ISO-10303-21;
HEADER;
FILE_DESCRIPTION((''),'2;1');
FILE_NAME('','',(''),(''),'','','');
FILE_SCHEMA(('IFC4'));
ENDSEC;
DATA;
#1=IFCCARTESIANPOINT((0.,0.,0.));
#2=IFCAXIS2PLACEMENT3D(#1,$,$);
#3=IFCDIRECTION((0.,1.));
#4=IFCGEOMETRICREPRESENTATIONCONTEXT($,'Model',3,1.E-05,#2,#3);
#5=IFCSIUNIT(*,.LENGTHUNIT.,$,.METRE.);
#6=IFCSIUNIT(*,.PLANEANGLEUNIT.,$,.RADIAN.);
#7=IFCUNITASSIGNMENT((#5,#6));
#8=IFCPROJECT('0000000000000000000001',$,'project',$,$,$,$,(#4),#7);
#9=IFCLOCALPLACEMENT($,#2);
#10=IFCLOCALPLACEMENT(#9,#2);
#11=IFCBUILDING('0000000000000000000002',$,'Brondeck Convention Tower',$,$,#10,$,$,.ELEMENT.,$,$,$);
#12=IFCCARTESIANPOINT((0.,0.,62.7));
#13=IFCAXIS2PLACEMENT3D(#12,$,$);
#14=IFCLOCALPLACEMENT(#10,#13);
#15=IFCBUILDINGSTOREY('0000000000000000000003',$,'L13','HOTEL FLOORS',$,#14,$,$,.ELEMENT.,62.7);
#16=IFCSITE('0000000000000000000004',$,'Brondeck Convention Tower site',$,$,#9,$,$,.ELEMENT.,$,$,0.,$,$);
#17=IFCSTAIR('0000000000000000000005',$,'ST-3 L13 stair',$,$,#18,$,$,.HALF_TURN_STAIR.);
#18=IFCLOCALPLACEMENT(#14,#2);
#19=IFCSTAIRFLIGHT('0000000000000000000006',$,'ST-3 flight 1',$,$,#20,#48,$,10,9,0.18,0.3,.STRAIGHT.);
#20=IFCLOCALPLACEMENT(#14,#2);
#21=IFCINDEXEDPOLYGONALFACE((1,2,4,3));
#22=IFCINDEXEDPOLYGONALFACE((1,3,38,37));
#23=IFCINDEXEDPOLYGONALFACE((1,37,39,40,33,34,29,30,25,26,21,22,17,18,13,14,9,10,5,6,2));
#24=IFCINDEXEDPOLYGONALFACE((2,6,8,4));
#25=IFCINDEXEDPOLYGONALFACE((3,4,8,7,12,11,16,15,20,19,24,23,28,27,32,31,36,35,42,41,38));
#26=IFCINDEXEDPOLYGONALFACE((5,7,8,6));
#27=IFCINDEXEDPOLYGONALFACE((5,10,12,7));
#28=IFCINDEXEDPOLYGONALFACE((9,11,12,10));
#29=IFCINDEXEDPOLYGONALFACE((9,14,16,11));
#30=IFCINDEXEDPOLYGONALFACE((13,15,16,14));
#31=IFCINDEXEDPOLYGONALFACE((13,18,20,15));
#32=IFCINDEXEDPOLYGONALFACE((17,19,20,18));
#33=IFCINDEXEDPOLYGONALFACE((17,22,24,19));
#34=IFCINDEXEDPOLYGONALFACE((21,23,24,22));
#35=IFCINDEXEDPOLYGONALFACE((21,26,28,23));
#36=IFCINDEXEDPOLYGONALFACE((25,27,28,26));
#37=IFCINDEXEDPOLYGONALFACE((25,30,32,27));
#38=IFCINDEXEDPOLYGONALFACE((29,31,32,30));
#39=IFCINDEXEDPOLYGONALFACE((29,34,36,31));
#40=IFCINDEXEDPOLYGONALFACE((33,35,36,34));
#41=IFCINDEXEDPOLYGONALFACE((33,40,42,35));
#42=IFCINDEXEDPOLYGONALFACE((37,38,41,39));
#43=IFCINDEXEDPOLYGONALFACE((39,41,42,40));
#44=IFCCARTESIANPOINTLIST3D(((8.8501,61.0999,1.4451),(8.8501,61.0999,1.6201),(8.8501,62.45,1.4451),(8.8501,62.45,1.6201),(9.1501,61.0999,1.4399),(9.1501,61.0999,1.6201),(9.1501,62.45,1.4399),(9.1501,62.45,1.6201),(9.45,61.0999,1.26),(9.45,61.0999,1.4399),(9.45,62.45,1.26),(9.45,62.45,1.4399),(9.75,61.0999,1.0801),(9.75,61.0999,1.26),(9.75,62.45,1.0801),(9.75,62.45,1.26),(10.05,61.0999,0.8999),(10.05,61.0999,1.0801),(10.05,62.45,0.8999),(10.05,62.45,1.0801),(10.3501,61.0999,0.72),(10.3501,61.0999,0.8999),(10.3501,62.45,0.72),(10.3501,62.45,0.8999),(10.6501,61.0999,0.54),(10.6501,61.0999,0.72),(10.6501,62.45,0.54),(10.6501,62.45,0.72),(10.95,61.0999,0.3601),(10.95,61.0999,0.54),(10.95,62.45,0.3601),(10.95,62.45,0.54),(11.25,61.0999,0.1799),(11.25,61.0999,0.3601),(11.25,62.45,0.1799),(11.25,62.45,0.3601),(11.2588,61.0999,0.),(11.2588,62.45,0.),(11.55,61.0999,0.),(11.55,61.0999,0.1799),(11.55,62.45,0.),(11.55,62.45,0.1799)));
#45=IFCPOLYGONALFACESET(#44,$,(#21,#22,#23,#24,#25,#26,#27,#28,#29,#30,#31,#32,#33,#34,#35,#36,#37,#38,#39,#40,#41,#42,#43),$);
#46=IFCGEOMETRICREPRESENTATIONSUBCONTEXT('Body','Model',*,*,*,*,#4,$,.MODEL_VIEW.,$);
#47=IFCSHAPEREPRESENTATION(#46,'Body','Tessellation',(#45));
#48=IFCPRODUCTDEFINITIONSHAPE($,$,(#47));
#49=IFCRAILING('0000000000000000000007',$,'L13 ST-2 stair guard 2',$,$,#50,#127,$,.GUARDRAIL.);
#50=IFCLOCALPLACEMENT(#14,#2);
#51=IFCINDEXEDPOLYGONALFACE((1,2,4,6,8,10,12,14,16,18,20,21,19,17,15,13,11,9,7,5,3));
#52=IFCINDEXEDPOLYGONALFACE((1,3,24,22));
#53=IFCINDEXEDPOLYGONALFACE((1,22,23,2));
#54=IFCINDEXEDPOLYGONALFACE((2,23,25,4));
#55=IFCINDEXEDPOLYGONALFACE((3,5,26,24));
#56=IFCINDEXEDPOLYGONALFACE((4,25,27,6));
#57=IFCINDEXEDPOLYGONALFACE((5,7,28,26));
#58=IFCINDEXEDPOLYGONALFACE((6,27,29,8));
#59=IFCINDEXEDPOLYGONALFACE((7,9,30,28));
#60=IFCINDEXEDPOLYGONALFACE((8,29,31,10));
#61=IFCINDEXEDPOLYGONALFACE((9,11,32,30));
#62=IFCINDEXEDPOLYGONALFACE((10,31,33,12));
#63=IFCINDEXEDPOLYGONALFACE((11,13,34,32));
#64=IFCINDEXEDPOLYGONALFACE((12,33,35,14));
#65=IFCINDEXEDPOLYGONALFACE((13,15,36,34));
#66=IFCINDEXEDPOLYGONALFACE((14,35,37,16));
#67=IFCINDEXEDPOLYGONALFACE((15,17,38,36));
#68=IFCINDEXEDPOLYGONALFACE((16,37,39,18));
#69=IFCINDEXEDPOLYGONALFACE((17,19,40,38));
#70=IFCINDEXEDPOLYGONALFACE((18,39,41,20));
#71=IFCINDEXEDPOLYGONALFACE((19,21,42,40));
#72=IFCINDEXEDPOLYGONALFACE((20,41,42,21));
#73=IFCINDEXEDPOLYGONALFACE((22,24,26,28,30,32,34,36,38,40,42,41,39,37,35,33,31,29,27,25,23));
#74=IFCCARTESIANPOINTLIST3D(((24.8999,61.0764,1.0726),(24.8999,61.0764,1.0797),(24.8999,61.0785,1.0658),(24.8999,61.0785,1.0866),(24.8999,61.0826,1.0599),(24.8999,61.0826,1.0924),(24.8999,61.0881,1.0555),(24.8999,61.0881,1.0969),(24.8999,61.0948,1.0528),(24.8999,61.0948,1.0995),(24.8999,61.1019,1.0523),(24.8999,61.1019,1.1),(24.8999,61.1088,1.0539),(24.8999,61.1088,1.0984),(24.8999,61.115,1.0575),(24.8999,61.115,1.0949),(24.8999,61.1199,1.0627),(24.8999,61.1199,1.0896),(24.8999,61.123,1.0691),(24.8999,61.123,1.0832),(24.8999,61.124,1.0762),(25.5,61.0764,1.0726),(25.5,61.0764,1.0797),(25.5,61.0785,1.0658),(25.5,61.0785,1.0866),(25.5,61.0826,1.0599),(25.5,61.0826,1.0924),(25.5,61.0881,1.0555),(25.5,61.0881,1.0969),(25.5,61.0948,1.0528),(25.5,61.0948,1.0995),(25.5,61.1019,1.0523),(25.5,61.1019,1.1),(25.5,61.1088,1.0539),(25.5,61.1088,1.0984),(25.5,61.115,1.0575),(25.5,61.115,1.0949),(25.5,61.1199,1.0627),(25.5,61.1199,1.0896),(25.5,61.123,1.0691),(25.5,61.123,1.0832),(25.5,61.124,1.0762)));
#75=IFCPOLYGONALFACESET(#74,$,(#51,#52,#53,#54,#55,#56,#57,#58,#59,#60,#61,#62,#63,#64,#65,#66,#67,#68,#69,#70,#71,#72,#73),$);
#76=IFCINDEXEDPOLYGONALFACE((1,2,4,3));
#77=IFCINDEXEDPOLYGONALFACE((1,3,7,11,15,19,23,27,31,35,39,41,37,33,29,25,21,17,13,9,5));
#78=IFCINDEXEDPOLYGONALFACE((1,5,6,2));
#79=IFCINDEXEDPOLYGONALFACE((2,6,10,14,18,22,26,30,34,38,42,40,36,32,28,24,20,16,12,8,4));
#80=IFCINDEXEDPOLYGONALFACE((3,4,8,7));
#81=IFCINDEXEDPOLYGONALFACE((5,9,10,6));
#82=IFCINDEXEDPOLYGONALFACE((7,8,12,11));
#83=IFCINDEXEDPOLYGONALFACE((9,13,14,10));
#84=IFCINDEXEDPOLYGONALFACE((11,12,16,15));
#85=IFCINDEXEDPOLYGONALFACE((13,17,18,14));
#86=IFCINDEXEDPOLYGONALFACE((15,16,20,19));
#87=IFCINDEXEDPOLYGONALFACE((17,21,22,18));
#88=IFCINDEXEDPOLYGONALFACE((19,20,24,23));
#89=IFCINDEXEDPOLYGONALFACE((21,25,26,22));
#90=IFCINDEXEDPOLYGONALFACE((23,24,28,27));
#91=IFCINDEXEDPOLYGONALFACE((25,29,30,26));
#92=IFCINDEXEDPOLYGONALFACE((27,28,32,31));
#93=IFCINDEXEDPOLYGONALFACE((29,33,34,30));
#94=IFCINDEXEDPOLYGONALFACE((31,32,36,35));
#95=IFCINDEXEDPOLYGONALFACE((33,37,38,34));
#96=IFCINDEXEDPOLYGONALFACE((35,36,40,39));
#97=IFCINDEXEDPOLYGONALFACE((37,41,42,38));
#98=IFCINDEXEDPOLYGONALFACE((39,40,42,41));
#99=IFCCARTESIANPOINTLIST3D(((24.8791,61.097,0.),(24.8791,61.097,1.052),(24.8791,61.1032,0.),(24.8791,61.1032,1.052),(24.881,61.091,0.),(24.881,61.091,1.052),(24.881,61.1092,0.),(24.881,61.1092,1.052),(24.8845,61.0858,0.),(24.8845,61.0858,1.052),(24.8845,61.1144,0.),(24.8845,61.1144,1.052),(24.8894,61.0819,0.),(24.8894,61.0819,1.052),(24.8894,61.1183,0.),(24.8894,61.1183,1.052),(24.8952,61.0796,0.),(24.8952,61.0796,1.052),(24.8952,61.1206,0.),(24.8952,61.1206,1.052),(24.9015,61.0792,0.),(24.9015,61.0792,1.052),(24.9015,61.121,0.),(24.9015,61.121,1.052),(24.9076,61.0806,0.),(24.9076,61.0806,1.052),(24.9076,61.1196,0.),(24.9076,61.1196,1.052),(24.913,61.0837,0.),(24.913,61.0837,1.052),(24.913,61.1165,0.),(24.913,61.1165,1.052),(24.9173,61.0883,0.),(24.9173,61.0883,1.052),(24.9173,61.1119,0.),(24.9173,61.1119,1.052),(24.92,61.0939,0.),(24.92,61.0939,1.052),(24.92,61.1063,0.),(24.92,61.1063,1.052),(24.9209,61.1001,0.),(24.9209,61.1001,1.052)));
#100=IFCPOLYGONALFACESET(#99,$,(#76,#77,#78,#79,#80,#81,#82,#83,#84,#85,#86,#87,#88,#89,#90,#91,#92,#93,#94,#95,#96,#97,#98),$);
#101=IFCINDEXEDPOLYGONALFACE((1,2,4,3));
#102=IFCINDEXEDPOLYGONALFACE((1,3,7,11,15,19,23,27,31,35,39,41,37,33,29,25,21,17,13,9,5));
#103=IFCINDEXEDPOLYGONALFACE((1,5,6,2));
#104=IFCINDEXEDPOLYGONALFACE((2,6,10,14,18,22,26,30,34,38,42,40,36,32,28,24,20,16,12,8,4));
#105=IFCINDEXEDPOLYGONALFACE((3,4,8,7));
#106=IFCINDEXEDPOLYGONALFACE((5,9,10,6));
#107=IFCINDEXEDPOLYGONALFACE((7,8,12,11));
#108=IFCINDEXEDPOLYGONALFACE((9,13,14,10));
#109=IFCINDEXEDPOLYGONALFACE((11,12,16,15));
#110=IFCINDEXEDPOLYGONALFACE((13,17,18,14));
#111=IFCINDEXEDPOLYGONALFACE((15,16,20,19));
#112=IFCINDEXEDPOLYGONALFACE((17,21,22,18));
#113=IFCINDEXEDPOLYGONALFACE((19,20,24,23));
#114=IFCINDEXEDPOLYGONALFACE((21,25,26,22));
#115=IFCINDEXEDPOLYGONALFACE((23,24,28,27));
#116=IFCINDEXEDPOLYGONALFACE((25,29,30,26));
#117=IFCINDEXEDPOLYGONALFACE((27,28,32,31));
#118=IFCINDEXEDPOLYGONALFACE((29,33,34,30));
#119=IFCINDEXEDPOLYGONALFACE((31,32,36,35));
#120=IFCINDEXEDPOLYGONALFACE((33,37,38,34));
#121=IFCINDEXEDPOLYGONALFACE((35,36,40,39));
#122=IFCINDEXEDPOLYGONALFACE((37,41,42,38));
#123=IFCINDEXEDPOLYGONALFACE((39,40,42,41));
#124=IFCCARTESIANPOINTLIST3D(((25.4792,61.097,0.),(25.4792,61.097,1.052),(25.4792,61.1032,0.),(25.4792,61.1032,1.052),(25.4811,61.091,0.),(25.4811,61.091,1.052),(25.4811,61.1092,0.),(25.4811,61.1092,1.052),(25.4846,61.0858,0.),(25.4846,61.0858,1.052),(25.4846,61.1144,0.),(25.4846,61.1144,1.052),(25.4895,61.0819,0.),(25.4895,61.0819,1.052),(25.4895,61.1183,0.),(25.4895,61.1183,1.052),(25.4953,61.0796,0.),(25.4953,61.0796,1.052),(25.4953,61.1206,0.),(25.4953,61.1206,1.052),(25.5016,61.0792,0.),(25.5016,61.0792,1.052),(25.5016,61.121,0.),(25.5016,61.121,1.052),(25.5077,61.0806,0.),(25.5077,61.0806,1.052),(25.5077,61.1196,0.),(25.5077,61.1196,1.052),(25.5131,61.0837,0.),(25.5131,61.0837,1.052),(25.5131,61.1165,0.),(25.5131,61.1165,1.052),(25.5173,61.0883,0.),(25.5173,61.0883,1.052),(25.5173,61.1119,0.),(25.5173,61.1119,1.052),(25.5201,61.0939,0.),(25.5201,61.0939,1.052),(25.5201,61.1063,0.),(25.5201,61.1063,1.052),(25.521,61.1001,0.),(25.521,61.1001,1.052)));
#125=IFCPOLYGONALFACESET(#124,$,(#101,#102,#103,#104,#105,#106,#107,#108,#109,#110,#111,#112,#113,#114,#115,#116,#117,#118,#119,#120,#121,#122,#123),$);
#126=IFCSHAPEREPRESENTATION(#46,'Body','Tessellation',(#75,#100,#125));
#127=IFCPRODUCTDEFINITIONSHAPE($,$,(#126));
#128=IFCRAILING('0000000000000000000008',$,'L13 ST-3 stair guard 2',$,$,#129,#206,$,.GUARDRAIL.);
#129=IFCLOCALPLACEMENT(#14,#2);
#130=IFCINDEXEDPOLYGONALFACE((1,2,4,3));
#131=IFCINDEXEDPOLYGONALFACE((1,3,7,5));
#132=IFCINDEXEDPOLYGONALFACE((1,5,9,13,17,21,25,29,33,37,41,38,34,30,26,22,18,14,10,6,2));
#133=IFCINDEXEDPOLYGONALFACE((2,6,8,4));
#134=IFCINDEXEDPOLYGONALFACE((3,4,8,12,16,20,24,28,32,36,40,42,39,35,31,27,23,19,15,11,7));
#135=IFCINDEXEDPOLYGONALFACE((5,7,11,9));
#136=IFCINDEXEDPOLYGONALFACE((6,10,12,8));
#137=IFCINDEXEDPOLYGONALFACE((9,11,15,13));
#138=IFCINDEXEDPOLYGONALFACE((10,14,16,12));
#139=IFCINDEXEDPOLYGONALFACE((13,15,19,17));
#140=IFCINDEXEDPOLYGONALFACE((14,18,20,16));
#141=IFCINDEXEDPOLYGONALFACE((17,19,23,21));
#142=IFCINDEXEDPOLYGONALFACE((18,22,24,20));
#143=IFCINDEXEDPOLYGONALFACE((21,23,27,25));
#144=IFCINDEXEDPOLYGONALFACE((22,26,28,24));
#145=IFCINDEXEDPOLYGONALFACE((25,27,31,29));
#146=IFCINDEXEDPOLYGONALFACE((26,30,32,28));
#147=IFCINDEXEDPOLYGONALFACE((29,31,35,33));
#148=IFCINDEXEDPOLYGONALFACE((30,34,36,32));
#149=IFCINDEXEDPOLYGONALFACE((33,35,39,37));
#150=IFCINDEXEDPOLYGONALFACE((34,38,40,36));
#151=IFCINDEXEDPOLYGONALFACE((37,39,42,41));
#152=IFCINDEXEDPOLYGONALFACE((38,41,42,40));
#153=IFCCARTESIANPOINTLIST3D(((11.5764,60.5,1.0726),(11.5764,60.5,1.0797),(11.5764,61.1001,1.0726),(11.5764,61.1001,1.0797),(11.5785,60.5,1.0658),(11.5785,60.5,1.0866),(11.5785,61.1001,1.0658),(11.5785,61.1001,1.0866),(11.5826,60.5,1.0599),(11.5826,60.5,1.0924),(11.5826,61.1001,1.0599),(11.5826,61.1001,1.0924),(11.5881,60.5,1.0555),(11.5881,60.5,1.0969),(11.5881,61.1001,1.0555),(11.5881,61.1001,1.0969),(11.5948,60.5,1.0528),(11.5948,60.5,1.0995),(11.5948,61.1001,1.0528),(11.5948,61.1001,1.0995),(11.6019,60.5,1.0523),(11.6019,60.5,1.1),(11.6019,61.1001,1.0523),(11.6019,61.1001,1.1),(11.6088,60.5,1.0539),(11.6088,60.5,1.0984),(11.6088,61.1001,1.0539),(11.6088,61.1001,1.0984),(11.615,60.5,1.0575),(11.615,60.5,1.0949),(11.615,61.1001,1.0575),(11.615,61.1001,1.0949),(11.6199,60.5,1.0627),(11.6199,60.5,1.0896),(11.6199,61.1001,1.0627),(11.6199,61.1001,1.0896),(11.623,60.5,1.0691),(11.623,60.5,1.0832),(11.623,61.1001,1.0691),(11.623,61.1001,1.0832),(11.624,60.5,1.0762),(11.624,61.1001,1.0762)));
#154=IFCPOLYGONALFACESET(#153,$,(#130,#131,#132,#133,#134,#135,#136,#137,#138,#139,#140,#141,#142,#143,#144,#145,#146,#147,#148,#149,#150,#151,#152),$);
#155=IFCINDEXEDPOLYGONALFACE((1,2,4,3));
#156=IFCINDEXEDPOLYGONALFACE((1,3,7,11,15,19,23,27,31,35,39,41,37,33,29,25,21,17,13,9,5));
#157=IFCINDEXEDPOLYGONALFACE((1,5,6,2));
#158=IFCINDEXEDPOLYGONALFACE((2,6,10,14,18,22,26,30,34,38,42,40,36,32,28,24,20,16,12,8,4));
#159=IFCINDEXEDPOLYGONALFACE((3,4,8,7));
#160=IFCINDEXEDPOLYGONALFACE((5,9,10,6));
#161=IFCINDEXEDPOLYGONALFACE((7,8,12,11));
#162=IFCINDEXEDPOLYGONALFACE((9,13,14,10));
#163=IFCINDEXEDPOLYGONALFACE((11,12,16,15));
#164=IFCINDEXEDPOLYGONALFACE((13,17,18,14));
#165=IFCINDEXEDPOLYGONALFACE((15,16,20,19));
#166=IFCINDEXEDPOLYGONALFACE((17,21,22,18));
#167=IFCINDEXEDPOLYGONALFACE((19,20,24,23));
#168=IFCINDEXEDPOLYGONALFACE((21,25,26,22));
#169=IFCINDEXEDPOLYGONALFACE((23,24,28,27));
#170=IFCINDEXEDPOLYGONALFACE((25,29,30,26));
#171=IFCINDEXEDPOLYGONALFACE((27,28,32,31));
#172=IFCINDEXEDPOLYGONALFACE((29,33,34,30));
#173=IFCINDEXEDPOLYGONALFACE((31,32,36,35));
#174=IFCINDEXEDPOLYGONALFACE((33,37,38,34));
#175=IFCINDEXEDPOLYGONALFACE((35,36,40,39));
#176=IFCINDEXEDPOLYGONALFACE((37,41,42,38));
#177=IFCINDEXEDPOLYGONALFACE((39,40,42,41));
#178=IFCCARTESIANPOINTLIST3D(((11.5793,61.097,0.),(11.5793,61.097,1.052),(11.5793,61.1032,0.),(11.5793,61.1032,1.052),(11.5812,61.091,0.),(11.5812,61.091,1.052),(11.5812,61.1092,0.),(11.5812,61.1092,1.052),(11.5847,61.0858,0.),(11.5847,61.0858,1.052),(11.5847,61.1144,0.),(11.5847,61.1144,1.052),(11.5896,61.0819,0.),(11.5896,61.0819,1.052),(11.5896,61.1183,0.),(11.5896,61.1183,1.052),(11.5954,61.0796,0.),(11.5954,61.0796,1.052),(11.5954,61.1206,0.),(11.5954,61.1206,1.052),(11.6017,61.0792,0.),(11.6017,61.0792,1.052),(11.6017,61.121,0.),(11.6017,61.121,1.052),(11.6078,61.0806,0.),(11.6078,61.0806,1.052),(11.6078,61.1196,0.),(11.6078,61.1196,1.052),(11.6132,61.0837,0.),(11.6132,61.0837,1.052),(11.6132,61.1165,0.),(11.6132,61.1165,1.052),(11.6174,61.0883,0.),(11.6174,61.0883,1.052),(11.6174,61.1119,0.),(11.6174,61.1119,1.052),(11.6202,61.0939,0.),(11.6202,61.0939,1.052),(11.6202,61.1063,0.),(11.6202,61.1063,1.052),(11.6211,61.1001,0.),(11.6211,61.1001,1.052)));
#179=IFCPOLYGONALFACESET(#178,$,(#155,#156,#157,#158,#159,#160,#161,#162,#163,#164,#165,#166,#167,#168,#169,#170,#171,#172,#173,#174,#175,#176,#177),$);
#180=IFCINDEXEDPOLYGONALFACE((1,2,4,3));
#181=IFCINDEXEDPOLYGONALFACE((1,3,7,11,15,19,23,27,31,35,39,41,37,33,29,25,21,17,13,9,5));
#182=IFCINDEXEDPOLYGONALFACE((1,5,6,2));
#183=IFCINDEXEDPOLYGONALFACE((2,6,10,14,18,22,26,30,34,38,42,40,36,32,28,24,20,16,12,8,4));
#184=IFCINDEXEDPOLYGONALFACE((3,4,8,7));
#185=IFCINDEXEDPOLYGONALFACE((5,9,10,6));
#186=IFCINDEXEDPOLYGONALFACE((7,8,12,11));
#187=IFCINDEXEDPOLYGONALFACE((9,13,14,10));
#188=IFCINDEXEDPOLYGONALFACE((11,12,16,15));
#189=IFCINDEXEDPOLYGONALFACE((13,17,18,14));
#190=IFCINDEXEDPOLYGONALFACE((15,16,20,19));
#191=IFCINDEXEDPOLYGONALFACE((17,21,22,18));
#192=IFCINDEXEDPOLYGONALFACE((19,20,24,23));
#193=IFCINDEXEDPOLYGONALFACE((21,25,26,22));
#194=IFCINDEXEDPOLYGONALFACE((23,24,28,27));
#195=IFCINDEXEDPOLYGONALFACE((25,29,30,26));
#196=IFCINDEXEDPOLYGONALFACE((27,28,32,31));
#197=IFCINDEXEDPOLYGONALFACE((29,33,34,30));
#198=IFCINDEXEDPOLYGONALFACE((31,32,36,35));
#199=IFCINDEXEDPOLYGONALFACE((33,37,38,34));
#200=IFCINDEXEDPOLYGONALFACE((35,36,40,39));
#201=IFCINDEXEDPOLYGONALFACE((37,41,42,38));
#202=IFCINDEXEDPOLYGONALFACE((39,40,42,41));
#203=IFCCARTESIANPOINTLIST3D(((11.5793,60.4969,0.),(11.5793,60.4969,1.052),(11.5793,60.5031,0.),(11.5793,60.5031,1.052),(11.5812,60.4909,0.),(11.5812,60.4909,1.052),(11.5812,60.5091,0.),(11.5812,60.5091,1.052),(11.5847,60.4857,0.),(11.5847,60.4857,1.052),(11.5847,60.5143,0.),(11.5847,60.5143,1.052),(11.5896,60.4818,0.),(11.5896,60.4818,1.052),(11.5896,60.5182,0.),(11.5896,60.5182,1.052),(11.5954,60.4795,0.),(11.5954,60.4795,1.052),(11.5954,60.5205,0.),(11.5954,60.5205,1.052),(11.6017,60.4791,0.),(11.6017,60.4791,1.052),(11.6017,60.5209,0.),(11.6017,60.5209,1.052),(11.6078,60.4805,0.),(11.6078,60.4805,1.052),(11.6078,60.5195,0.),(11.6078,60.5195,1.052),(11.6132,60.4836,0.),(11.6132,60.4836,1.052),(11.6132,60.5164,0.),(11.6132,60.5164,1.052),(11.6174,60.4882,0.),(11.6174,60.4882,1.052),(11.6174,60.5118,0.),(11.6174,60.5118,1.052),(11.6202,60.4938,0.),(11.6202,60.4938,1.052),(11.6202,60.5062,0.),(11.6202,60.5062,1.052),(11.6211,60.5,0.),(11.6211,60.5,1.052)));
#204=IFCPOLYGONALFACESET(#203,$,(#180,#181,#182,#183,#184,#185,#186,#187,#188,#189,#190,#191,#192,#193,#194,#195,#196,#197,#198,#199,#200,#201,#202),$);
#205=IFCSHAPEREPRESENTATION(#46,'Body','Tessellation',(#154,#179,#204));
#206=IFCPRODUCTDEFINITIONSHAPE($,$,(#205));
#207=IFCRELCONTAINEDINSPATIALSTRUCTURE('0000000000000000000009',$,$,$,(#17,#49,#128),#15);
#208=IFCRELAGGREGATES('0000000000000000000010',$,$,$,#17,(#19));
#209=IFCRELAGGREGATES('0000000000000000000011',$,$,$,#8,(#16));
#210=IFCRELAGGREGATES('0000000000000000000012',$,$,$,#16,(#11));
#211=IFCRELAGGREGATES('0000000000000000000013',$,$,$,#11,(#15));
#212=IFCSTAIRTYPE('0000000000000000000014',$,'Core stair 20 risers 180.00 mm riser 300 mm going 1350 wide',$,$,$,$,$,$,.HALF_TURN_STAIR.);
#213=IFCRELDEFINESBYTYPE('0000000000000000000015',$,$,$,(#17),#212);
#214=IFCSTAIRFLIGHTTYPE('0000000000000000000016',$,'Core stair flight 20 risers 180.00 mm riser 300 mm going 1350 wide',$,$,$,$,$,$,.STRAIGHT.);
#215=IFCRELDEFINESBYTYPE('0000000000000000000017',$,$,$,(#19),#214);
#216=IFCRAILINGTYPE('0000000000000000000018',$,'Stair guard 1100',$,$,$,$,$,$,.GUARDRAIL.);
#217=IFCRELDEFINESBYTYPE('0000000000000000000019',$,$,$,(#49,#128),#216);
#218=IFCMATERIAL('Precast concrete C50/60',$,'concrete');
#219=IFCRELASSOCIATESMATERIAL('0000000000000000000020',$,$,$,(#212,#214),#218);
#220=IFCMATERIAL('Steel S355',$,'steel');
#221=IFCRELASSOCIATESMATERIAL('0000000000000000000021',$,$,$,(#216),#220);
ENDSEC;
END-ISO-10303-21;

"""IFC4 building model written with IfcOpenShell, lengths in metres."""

from ifc_helpers import new_model, si_unit, direction, frame, origin, origin_2d, place, context, subcontext, project, spatial, polyline, circle, outline, extrude, material, type_object, element, aggregate, save


model = new_model("IFC4")

# Units and contexts
model_context = context("Model", 3, precision=1e-05, world=origin(), true_north=direction((0.0, 1.0)))
body_context = subcontext(model_context, "Body", "Model", "MODEL_VIEW")
ifc_project = project(units=[si_unit("LENGTHUNIT", "METRE"), si_unit("PLANEANGLEUNIT", "RADIAN")], contexts=[model_context])

# Site, building, storey
site_placement = place(None, origin())
site = spatial("IfcSite", under=ifc_project, at=site_placement, Name="Brondeck Convention Tower site", CompositionType="ELEMENT", RefElevation=0.0)
building_placement = place(site_placement, origin())
building = spatial("IfcBuilding", under=site, at=building_placement, Name="Brondeck Convention Tower", CompositionType="ELEMENT")
storey_placement = place(building_placement, frame((0.0, 0.0, 62.7)))
storey = spatial("IfcBuildingStorey", under=building, at=storey_placement, Name="L13", Description="HOTEL FLOORS", CompositionType="ELEMENT", Elevation=62.7)

# Shared definitions
ifc_material_1 = material(Name="Precast concrete C50/60", Category="concrete")
stair_type = type_object("IfcStairType", Name="Core stair 20 risers 180.00 mm riser 300 mm going 1350 wide", PredefinedType="HALF_TURN_STAIR", material=ifc_material_1)
stair_flight_type = type_object("IfcStairFlightType", Name="Core stair flight 20 risers 180.00 mm riser 300 mm going 1350 wide", PredefinedType="STRAIGHT", material=ifc_material_1)

# Stair, stair flight
stair_1_placement = place(storey_placement, origin())
stair_1 = element("IfcStair", 1, at=stair_1_placement, inside=storey, type_object=stair_type, Name="ST-3 L13 stair", PredefinedType="HALF_TURN_STAIR")
stair_flight_1_placement = place(storey_placement, frame((11.55, 61.7749, 0.0), z_axis=(0.0, 0.0, 1.0), x_axis=(-1.0, 0.0, 0.0)))
stair_flight_1 = element("IfcStairFlight", 2, at=stair_flight_1_placement, type_object=stair_flight_type, Name="ST-3 flight 1", NumberOfRisers=10, NumberOfTreads=9, PredefinedType="STRAIGHT", RiserHeight=0.18, TreadLength=0.3, context=body_context, shape_type="SweptSolid", body=[
    extrude(outline(polyline([(0.0, 0.0), (0.0, 0.1799), (0.3, 0.1799), (0.3, 0.3601), (0.6001, 0.3601), (0.6001, 0.54), (0.8999, 0.54), (0.8999, 0.72), (1.2, 0.72), (1.2, 0.8999), (1.5, 0.8999), (1.5, 1.0801), (1.8, 1.0801), (1.8, 1.26), (2.1001, 1.26), (2.1001, 1.4399), (2.3999, 1.4399), (2.3999, 1.6201), (2.7, 1.6201), (2.7, 1.8), (2.7, 1.4451), (0.2913, 0.0), (0.0, 0.0)])), frame((0.0, 0.675, 0.0), z_axis=(0.0, -1.0, 0.0), x_axis=(1.0, 0.0, 0.0)), (0.0, 0.0, 1.0), 1.3501),
])
aggregate(stair_1, [stair_flight_1])

# Railings
ifc_material_2 = material(Name="Steel S355", Category="steel")
railing_type_1 = type_object("IfcRailingType", Name="Stair guard 1100", PredefinedType="GUARDRAIL", material=ifc_material_2)
railing_1_placement = place(storey_placement, frame((24.8999, 61.1001, 0.0)))
element("IfcRailing", 3, at=railing_1_placement, inside=storey, type_object=railing_type_1, Name="L13 ST-2 stair guard 2", PredefinedType="GUARDRAIL", context=body_context, shape_type="SweptSolid", body=[
    extrude(circle(Radius=0.0239, at=origin_2d()), frame((0.0, 0.0, 1.0762), z_axis=(1.0, 0.0, 0.0), x_axis=(0.0, 1.0, 0.0)), (0.0, 0.0, 1.0), 0.6001),
    extrude(circle(Radius=0.021, at=origin_2d()), origin(), (0.0, 0.0, 1.0), 1.052),
    extrude(circle(Radius=0.021, at=origin_2d()), frame((0.6001, 0.0, 0.0)), (0.0, 0.0, 1.0), 1.052),
])
railing_2_placement = place(storey_placement, frame((11.6001, 61.1001, 0.0)))
element("IfcRailing", 4, at=railing_2_placement, inside=storey, type_object=railing_type_1, Name="L13 ST-3 stair guard 2", PredefinedType="GUARDRAIL", context=body_context, shape_type="SweptSolid", body=[
    extrude(circle(Radius=0.0239, at=origin_2d()), frame((0.0, 0.0, 1.0762), z_axis=(0.0, -1.0, 0.0), x_axis=(1.0, 0.0, 0.0)), (0.0, 0.0, 1.0), 0.6001),
    extrude(circle(Radius=0.021, at=origin_2d()), origin(), (0.0, 0.0, 1.0), 1.052),
    extrude(circle(Radius=0.021, at=origin_2d()), frame((0.0, -0.6001, 0.0)), (0.0, 0.0, 1.0), 1.052),
])

save(model, "model.ifc")
